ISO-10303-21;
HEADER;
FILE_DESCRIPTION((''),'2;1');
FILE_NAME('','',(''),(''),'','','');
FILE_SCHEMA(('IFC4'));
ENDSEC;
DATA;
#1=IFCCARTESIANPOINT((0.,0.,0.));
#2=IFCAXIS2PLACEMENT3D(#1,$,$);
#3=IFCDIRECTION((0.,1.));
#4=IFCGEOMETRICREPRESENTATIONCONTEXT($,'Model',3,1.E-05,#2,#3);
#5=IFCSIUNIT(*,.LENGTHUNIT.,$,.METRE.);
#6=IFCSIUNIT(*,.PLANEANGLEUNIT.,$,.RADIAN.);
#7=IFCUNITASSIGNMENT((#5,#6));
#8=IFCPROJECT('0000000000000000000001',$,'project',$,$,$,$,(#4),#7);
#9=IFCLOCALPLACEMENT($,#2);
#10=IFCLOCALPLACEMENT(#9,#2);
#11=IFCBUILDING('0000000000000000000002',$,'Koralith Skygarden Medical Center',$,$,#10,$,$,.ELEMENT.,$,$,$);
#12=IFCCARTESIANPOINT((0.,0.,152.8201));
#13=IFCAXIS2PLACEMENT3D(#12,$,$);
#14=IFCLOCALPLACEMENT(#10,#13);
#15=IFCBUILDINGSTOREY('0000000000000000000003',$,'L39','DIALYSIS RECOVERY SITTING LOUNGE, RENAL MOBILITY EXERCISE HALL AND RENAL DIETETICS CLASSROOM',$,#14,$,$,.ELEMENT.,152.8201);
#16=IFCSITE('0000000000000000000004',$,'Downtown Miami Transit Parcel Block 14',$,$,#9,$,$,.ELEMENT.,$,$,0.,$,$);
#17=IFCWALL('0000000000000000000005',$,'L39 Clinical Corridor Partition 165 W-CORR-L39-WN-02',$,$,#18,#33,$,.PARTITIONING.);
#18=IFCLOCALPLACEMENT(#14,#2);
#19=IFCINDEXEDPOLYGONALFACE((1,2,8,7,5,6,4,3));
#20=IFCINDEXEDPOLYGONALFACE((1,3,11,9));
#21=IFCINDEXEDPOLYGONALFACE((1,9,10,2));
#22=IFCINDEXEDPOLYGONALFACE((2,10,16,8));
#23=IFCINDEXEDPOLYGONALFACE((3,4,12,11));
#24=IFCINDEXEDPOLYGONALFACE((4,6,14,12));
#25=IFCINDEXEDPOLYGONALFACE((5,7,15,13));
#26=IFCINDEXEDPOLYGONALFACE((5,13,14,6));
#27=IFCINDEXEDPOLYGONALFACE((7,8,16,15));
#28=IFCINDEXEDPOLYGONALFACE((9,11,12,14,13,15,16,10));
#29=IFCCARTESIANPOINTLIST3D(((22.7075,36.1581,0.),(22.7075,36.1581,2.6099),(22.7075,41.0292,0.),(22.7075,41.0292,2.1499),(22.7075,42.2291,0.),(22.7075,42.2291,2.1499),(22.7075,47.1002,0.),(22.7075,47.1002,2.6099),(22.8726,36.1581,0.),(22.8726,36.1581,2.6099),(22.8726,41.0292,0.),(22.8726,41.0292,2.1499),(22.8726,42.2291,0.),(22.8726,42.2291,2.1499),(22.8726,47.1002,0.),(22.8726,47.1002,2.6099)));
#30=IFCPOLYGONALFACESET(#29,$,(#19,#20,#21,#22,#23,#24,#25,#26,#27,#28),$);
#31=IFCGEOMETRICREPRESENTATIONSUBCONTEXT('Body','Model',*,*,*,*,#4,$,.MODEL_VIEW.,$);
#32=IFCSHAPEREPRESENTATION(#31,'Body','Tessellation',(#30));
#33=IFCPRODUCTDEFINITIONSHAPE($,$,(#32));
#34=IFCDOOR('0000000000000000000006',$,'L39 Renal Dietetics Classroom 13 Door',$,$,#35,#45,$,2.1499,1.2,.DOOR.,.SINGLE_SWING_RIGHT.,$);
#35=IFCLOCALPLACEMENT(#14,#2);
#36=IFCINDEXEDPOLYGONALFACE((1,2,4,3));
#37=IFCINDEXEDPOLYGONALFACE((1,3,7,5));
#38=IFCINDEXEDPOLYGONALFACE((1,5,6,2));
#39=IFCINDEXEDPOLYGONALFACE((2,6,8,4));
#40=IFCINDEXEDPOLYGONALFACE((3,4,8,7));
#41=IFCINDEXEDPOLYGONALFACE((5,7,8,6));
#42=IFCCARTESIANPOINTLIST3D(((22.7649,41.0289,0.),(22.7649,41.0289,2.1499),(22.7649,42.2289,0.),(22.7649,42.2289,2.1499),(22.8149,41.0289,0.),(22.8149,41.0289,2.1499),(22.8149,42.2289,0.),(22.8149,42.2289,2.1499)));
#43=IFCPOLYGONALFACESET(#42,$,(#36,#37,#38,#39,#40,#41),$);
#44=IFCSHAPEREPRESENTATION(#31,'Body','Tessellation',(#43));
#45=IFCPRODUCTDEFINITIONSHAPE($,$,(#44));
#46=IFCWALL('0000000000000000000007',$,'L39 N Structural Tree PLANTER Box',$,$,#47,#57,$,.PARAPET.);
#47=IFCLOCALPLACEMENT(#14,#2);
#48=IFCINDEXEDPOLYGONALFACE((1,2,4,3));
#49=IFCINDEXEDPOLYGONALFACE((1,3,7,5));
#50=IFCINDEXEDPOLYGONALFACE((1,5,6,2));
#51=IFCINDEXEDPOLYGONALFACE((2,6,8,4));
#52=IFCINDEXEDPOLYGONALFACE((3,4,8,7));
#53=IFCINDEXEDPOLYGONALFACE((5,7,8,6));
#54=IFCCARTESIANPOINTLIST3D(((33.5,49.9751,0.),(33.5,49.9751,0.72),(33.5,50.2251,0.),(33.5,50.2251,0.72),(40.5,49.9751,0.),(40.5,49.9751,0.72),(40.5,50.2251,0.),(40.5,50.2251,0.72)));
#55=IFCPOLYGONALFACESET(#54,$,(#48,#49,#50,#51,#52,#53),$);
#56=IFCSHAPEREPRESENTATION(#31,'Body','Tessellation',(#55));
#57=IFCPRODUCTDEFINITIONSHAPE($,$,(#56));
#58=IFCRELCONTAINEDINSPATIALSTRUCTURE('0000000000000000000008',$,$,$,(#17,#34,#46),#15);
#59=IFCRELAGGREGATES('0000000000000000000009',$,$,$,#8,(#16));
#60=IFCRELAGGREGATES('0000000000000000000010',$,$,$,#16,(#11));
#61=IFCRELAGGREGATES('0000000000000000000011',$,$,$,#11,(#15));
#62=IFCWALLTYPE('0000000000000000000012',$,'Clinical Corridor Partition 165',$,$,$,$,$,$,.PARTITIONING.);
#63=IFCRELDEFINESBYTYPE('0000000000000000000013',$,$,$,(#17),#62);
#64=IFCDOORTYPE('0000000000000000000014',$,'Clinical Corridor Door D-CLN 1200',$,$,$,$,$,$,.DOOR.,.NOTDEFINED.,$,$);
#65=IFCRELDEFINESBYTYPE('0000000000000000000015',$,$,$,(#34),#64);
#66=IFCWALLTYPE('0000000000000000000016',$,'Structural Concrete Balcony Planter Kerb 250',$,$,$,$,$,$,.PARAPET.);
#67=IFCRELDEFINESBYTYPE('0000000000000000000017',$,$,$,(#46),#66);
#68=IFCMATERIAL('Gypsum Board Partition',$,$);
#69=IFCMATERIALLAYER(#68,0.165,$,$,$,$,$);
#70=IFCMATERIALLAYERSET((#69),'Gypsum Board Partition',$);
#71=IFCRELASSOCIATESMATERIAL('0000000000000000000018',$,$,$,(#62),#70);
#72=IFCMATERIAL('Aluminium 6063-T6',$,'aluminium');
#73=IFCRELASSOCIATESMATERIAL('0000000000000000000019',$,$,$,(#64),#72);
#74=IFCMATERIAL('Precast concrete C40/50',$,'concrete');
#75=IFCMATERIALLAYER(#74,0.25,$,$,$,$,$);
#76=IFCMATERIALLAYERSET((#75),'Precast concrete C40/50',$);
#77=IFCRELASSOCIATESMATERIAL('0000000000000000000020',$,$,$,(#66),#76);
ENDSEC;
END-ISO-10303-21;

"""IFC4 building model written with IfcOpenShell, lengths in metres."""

from ifc_helpers import new_model, si_unit, direction, frame, frame_2d, origin, place, context, subcontext, project, spatial, rectangle, extrude, material, layer, layer_set, type_object, element, fill, save


model = new_model("IFC4")

# Units and contexts
model_context = context("Model", 3, precision=1e-05, world=origin(), true_north=direction((0.0, 1.0)))
body_context = subcontext(model_context, "Body", "Model", "MODEL_VIEW")
ifc_project = project(units=[si_unit("LENGTHUNIT", "METRE"), si_unit("PLANEANGLEUNIT", "RADIAN")], contexts=[model_context])

# Site, building, storey
site_placement = place(None, origin())
site = spatial("IfcSite", under=ifc_project, at=site_placement, Name="Downtown Miami Transit Parcel Block 14", CompositionType="ELEMENT", RefElevation=0.0)
building_placement = place(site_placement, origin())
building = spatial("IfcBuilding", under=site, at=building_placement, Name="Koralith Skygarden Medical Center", CompositionType="ELEMENT")
storey_placement = place(building_placement, frame((0.0, 0.0, 152.8201)))
storey = spatial("IfcBuildingStorey", under=building, at=storey_placement, Name="L39", Description="DIALYSIS RECOVERY SITTING LOUNGE, RENAL MOBILITY EXERCISE HALL AND RENAL DIETETICS CLASSROOM", CompositionType="ELEMENT", Elevation=152.8201)

# Shared definitions
ifc_material_1 = material(Name="Aluminium 6063-T6", Category="aluminium")

# Shared definitions
ifc_material_2 = material(Name="Gypsum Board Partition")
ifc_layer_1 = layer(ifc_material_2, 0.165)
ifc_layer_set_1 = layer_set([ifc_layer_1], Name="Gypsum Board Partition")
wall_type_1 = type_object("IfcWallType", Name="Clinical Corridor Partition 165", PredefinedType="PARTITIONING", material=ifc_layer_set_1)

# Wall, opening, door
door_type = type_object("IfcDoorType", Name="Clinical Corridor Door D-CLN 1200", OperationType="NOTDEFINED", PredefinedType="DOOR", material=ifc_material_1)
wall_1_placement = place(storey_placement, frame((22.79, 36.158, 0.0), z_axis=(0.0, 0.0, 1.0), x_axis=(0.0, 1.0, 0.0)))
wall_1 = element("IfcWall", 1, at=wall_1_placement, inside=storey, type_object=wall_type_1, Name="L39 Clinical Corridor Partition 165 W-CORR-L39-WN-02", PredefinedType="PARTITIONING", context=body_context, shape_type="SweptSolid", body=[
    extrude(rectangle(XDim=10.9421, YDim=0.165, at=frame_2d((5.4712, 0.0))), origin(), (0.0, 0.0, 1.0), 2.6099),
])
opening_1_placement = place(wall_1_placement, frame((4.8711, 0.0, 0.0)))
opening_1 = element("IfcOpeningElement", 2, at=opening_1_placement, cuts=wall_1, PredefinedType="OPENING", context=body_context, shape_type="SweptSolid", body=[
    extrude(rectangle(XDim=1.2, YDim=2.1499, at=frame_2d((0.6001, 1.075))), frame((0.0, 0.0925, 0.0), z_axis=(0.0, -1.0, 0.0), x_axis=(1.0, 0.0, 0.0)), (0.0, 0.0, 1.0), 0.1851),
])
door_1_placement = place(opening_1_placement, frame((1.2, 0.0, 0.0), z_axis=(0.0, 0.0, 1.0), x_axis=(-1.0, 0.0, 0.0)))
door_1 = element("IfcDoor", 3, at=door_1_placement, inside=storey, type_object=door_type, Name="L39 Renal Dietetics Classroom 13 Door", OperationType="SINGLE_SWING_RIGHT", OverallHeight=2.1499, OverallWidth=1.2, PredefinedType="DOOR", context=body_context, shape_type="SweptSolid", body=[
    extrude(rectangle(XDim=1.2, YDim=2.1499, at=frame_2d((0.6001, 1.075))), frame((0.0, 0.0249, 0.0), z_axis=(0.0, -1.0, 0.0), x_axis=(1.0, 0.0, 0.0)), (0.0, 0.0, 1.0), 0.05),
])
fill(opening_1, door_1)

# Wall
ifc_material_3 = material(Name="Precast concrete C40/50", Category="concrete")
ifc_layer_2 = layer(ifc_material_3, 0.25)
ifc_layer_set_2 = layer_set([ifc_layer_2], Name="Precast concrete C40/50")
wall_type_2 = type_object("IfcWallType", Name="Structural Concrete Balcony Planter Kerb 250", PredefinedType="PARAPET", material=ifc_layer_set_2)
wall_2_placement = place(storey_placement, frame((33.5, 50.1001, 0.0), z_axis=(0.0, 0.0, 1.0), x_axis=(1.0, 0.0, 0.0)))
element("IfcWall", 4, at=wall_2_placement, inside=storey, type_object=wall_type_2, Name="L39 N Structural Tree PLANTER Box", PredefinedType="PARAPET", context=body_context, shape_type="SweptSolid", body=[
    extrude(rectangle(XDim=7.0, YDim=0.25, at=frame_2d((3.5, 0.0))), origin(), (0.0, 0.0, 1.0), 0.72),
])

save(model, "model.ifc")
